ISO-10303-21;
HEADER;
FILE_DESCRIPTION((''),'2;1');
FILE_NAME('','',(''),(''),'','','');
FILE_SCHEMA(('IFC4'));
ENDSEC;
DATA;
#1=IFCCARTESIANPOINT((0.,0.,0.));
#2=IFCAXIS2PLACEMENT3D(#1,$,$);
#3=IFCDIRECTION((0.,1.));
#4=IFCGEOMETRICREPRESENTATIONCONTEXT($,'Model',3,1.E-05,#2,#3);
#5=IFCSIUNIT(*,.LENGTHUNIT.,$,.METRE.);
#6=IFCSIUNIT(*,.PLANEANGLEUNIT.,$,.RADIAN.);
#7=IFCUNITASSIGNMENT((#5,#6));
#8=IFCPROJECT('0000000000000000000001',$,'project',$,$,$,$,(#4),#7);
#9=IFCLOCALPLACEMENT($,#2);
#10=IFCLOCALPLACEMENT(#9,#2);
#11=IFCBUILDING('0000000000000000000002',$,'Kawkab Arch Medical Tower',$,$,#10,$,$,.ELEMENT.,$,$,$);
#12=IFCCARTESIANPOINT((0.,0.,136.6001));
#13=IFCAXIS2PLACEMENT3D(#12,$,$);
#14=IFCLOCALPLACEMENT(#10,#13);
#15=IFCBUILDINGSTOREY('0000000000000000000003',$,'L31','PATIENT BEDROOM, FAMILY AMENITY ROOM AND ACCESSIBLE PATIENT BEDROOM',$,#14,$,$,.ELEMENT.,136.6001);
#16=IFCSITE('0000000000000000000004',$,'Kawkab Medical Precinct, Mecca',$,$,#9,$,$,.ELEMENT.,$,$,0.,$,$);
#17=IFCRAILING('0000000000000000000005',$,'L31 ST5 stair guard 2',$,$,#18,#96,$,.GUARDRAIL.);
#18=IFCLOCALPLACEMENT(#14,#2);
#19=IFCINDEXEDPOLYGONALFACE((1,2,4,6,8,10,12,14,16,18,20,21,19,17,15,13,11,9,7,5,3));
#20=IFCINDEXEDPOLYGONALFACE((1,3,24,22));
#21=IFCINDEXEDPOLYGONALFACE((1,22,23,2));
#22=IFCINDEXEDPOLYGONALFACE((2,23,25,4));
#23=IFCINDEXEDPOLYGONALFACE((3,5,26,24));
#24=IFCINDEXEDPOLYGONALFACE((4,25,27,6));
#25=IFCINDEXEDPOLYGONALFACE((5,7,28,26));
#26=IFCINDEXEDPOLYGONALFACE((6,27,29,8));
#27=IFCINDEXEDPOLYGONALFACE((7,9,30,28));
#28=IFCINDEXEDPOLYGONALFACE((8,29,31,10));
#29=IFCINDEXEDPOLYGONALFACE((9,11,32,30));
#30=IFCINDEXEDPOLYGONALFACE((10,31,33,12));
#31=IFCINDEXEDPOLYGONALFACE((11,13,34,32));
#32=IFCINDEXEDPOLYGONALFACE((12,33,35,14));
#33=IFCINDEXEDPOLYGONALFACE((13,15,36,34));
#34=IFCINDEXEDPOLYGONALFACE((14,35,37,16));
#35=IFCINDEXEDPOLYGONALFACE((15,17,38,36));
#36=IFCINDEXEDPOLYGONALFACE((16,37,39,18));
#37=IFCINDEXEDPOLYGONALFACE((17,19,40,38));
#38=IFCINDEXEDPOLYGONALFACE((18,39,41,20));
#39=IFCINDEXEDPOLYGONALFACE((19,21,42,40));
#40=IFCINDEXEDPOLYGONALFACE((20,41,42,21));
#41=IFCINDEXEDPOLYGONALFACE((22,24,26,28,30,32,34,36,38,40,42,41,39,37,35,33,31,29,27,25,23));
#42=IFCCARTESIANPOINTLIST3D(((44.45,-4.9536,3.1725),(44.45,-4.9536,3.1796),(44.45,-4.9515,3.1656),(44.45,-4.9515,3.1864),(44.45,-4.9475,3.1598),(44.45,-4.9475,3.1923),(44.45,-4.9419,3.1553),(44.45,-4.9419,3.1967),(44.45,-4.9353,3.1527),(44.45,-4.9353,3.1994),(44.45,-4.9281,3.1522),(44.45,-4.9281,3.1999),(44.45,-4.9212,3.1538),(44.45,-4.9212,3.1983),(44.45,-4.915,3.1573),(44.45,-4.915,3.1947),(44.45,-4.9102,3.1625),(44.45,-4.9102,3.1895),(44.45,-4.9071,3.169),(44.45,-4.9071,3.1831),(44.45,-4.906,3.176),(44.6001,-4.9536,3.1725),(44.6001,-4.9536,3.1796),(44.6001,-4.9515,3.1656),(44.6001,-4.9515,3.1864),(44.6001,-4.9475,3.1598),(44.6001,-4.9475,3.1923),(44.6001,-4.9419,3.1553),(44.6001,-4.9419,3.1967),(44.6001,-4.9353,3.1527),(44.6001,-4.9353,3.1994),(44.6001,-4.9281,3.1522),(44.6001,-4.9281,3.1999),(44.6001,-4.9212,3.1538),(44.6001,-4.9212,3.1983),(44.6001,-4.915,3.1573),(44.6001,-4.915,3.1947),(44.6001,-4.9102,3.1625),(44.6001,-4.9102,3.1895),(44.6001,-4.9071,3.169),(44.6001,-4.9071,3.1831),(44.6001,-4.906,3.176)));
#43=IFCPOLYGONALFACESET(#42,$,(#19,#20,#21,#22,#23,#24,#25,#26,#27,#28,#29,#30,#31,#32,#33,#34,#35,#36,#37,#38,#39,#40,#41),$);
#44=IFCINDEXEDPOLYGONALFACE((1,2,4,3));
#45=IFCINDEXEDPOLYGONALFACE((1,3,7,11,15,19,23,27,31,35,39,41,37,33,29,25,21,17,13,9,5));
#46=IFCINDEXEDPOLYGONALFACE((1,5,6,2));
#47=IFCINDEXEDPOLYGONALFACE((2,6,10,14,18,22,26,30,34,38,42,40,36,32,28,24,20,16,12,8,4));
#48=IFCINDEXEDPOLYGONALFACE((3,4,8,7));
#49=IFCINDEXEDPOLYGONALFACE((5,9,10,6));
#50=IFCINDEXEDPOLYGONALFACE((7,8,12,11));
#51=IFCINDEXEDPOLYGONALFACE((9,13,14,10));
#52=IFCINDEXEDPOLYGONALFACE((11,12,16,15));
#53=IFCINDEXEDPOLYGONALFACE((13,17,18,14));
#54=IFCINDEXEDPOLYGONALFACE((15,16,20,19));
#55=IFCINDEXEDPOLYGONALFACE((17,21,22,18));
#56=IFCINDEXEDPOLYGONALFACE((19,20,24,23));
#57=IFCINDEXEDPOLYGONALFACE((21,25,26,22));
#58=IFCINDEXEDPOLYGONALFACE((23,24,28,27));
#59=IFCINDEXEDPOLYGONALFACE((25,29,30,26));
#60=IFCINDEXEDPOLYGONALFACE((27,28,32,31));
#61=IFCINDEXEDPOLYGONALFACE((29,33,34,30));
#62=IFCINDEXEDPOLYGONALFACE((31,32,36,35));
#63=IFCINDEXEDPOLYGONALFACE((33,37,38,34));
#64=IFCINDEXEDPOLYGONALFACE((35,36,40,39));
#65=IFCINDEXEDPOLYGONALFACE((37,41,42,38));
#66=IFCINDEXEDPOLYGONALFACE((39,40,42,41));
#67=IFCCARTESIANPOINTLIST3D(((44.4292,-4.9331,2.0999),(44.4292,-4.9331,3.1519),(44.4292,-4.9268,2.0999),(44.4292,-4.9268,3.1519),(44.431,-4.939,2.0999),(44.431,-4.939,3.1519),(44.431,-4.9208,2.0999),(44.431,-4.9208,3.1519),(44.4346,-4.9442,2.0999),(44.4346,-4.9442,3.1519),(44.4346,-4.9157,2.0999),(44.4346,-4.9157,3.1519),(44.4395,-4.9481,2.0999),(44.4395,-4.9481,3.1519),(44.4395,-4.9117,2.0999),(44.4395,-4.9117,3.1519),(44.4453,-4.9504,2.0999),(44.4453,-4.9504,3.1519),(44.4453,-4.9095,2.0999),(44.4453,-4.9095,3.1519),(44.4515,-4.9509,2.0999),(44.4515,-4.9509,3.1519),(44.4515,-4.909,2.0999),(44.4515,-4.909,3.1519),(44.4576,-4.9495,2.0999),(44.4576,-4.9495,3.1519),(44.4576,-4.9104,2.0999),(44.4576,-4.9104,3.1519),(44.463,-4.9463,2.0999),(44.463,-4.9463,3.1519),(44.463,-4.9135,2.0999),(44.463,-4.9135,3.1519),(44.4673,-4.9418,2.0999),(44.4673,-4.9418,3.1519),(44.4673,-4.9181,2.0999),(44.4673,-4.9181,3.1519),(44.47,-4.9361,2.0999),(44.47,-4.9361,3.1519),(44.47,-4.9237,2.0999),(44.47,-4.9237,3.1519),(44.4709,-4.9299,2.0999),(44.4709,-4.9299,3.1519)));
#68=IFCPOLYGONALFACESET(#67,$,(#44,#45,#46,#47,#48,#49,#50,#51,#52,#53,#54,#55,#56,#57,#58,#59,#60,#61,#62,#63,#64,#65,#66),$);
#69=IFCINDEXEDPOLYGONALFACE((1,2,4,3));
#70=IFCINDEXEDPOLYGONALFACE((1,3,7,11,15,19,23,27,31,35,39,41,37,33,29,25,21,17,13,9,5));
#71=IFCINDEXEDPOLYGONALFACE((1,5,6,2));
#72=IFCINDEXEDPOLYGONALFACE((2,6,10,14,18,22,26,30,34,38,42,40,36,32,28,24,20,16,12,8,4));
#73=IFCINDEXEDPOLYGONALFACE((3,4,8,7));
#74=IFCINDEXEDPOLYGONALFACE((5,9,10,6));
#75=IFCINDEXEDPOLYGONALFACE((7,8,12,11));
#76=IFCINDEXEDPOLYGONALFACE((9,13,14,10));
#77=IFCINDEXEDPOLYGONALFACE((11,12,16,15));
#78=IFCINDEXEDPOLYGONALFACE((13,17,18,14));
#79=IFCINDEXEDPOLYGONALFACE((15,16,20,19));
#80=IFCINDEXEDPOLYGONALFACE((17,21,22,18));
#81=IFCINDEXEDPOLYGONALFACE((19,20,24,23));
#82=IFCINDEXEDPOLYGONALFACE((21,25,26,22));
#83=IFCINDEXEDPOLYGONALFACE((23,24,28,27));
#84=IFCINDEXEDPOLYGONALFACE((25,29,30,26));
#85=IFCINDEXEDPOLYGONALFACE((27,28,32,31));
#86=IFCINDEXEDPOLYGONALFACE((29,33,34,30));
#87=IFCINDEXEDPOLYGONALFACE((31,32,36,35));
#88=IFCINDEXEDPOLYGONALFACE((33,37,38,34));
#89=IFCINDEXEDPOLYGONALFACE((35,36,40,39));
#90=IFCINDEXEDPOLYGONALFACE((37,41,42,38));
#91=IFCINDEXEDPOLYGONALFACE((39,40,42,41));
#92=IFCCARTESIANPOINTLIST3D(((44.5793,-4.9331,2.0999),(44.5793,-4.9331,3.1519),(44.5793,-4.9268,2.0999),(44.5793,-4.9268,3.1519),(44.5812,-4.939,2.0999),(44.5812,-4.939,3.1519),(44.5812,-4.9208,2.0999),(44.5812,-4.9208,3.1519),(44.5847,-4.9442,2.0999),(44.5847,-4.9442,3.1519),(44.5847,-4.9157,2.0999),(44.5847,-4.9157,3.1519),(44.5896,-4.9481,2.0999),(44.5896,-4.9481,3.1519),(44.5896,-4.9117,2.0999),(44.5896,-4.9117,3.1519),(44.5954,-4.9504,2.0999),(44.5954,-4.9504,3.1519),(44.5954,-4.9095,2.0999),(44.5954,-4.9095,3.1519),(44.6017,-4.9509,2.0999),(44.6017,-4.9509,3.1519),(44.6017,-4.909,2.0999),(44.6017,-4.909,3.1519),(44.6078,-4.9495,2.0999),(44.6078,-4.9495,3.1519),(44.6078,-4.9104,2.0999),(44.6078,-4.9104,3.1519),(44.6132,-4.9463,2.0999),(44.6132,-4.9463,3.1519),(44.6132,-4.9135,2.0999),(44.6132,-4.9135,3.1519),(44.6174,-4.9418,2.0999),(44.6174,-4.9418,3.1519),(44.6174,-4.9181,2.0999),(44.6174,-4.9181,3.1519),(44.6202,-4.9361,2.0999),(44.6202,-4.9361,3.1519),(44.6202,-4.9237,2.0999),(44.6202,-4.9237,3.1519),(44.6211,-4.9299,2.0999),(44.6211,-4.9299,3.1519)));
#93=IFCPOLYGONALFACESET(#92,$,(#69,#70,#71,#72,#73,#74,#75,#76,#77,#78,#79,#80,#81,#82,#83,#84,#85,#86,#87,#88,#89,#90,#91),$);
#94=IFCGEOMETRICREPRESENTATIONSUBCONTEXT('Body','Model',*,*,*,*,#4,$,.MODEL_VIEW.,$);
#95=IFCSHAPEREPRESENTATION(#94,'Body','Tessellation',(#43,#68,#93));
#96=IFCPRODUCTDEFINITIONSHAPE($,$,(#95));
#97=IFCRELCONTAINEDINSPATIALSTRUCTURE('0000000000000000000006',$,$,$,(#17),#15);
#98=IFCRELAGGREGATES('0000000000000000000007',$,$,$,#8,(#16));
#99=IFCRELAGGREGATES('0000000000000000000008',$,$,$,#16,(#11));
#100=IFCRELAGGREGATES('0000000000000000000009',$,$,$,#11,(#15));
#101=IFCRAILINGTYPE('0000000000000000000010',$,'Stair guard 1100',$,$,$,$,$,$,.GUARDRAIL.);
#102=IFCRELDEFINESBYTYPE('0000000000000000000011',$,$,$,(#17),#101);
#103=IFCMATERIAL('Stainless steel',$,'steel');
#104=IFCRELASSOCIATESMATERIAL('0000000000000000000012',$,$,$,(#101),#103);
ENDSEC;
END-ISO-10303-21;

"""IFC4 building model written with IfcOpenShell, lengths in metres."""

from ifc_helpers import new_model, si_unit, direction, frame, origin, origin_2d, place, context, subcontext, project, spatial, circle, extrude, material, type_object, element, save


model = new_model("IFC4")

# Units and contexts
model_context = context("Model", 3, precision=1e-05, world=origin(), true_north=direction((0.0, 1.0)))
body_context = subcontext(model_context, "Body", "Model", "MODEL_VIEW")
ifc_project = project(units=[si_unit("LENGTHUNIT", "METRE"), si_unit("PLANEANGLEUNIT", "RADIAN")], contexts=[model_context])

# Site, building, storey
site_placement = place(None, origin())
site = spatial("IfcSite", under=ifc_project, at=site_placement, Name="Kawkab Medical Precinct, Mecca", CompositionType="ELEMENT", RefElevation=0.0)
building_placement = place(site_placement, origin())
building = spatial("IfcBuilding", under=site, at=building_placement, Name="Kawkab Arch Medical Tower", CompositionType="ELEMENT")
storey_placement = place(building_placement, frame((0.0, 0.0, 136.6001)))
storey = spatial("IfcBuildingStorey", under=building, at=storey_placement, Name="L31", Description="PATIENT BEDROOM, FAMILY AMENITY ROOM AND ACCESSIBLE PATIENT BEDROOM", CompositionType="ELEMENT", Elevation=136.6001)

# Railing
ifc_material_1 = material(Name="Stainless steel", Category="steel")
railing_type = type_object("IfcRailingType", Name="Stair guard 1100", PredefinedType="GUARDRAIL", material=ifc_material_1)
railing_1_placement = place(storey_placement, frame((44.45, -4.9299, 2.0999)))
element("IfcRailing", 1, at=railing_1_placement, inside=storey, type_object=railing_type, Name="L31 ST5 stair guard 2", PredefinedType="GUARDRAIL", context=body_context, shape_type="SweptSolid", body=[
    extrude(circle(Radius=0.0239, at=origin_2d()), frame((0.0, 0.0, 1.0762), z_axis=(1.0, 0.0, 0.0), x_axis=(0.0, 1.0, 0.0)), (0.0, 0.0, 1.0), 0.1501),
    extrude(circle(Radius=0.021, at=origin_2d()), origin(), (0.0, 0.0, 1.0), 1.052),
    extrude(circle(Radius=0.021, at=origin_2d()), frame((0.1501, 0.0, 0.0)), (0.0, 0.0, 1.0), 1.052),
])

save(model, "model.ifc")
